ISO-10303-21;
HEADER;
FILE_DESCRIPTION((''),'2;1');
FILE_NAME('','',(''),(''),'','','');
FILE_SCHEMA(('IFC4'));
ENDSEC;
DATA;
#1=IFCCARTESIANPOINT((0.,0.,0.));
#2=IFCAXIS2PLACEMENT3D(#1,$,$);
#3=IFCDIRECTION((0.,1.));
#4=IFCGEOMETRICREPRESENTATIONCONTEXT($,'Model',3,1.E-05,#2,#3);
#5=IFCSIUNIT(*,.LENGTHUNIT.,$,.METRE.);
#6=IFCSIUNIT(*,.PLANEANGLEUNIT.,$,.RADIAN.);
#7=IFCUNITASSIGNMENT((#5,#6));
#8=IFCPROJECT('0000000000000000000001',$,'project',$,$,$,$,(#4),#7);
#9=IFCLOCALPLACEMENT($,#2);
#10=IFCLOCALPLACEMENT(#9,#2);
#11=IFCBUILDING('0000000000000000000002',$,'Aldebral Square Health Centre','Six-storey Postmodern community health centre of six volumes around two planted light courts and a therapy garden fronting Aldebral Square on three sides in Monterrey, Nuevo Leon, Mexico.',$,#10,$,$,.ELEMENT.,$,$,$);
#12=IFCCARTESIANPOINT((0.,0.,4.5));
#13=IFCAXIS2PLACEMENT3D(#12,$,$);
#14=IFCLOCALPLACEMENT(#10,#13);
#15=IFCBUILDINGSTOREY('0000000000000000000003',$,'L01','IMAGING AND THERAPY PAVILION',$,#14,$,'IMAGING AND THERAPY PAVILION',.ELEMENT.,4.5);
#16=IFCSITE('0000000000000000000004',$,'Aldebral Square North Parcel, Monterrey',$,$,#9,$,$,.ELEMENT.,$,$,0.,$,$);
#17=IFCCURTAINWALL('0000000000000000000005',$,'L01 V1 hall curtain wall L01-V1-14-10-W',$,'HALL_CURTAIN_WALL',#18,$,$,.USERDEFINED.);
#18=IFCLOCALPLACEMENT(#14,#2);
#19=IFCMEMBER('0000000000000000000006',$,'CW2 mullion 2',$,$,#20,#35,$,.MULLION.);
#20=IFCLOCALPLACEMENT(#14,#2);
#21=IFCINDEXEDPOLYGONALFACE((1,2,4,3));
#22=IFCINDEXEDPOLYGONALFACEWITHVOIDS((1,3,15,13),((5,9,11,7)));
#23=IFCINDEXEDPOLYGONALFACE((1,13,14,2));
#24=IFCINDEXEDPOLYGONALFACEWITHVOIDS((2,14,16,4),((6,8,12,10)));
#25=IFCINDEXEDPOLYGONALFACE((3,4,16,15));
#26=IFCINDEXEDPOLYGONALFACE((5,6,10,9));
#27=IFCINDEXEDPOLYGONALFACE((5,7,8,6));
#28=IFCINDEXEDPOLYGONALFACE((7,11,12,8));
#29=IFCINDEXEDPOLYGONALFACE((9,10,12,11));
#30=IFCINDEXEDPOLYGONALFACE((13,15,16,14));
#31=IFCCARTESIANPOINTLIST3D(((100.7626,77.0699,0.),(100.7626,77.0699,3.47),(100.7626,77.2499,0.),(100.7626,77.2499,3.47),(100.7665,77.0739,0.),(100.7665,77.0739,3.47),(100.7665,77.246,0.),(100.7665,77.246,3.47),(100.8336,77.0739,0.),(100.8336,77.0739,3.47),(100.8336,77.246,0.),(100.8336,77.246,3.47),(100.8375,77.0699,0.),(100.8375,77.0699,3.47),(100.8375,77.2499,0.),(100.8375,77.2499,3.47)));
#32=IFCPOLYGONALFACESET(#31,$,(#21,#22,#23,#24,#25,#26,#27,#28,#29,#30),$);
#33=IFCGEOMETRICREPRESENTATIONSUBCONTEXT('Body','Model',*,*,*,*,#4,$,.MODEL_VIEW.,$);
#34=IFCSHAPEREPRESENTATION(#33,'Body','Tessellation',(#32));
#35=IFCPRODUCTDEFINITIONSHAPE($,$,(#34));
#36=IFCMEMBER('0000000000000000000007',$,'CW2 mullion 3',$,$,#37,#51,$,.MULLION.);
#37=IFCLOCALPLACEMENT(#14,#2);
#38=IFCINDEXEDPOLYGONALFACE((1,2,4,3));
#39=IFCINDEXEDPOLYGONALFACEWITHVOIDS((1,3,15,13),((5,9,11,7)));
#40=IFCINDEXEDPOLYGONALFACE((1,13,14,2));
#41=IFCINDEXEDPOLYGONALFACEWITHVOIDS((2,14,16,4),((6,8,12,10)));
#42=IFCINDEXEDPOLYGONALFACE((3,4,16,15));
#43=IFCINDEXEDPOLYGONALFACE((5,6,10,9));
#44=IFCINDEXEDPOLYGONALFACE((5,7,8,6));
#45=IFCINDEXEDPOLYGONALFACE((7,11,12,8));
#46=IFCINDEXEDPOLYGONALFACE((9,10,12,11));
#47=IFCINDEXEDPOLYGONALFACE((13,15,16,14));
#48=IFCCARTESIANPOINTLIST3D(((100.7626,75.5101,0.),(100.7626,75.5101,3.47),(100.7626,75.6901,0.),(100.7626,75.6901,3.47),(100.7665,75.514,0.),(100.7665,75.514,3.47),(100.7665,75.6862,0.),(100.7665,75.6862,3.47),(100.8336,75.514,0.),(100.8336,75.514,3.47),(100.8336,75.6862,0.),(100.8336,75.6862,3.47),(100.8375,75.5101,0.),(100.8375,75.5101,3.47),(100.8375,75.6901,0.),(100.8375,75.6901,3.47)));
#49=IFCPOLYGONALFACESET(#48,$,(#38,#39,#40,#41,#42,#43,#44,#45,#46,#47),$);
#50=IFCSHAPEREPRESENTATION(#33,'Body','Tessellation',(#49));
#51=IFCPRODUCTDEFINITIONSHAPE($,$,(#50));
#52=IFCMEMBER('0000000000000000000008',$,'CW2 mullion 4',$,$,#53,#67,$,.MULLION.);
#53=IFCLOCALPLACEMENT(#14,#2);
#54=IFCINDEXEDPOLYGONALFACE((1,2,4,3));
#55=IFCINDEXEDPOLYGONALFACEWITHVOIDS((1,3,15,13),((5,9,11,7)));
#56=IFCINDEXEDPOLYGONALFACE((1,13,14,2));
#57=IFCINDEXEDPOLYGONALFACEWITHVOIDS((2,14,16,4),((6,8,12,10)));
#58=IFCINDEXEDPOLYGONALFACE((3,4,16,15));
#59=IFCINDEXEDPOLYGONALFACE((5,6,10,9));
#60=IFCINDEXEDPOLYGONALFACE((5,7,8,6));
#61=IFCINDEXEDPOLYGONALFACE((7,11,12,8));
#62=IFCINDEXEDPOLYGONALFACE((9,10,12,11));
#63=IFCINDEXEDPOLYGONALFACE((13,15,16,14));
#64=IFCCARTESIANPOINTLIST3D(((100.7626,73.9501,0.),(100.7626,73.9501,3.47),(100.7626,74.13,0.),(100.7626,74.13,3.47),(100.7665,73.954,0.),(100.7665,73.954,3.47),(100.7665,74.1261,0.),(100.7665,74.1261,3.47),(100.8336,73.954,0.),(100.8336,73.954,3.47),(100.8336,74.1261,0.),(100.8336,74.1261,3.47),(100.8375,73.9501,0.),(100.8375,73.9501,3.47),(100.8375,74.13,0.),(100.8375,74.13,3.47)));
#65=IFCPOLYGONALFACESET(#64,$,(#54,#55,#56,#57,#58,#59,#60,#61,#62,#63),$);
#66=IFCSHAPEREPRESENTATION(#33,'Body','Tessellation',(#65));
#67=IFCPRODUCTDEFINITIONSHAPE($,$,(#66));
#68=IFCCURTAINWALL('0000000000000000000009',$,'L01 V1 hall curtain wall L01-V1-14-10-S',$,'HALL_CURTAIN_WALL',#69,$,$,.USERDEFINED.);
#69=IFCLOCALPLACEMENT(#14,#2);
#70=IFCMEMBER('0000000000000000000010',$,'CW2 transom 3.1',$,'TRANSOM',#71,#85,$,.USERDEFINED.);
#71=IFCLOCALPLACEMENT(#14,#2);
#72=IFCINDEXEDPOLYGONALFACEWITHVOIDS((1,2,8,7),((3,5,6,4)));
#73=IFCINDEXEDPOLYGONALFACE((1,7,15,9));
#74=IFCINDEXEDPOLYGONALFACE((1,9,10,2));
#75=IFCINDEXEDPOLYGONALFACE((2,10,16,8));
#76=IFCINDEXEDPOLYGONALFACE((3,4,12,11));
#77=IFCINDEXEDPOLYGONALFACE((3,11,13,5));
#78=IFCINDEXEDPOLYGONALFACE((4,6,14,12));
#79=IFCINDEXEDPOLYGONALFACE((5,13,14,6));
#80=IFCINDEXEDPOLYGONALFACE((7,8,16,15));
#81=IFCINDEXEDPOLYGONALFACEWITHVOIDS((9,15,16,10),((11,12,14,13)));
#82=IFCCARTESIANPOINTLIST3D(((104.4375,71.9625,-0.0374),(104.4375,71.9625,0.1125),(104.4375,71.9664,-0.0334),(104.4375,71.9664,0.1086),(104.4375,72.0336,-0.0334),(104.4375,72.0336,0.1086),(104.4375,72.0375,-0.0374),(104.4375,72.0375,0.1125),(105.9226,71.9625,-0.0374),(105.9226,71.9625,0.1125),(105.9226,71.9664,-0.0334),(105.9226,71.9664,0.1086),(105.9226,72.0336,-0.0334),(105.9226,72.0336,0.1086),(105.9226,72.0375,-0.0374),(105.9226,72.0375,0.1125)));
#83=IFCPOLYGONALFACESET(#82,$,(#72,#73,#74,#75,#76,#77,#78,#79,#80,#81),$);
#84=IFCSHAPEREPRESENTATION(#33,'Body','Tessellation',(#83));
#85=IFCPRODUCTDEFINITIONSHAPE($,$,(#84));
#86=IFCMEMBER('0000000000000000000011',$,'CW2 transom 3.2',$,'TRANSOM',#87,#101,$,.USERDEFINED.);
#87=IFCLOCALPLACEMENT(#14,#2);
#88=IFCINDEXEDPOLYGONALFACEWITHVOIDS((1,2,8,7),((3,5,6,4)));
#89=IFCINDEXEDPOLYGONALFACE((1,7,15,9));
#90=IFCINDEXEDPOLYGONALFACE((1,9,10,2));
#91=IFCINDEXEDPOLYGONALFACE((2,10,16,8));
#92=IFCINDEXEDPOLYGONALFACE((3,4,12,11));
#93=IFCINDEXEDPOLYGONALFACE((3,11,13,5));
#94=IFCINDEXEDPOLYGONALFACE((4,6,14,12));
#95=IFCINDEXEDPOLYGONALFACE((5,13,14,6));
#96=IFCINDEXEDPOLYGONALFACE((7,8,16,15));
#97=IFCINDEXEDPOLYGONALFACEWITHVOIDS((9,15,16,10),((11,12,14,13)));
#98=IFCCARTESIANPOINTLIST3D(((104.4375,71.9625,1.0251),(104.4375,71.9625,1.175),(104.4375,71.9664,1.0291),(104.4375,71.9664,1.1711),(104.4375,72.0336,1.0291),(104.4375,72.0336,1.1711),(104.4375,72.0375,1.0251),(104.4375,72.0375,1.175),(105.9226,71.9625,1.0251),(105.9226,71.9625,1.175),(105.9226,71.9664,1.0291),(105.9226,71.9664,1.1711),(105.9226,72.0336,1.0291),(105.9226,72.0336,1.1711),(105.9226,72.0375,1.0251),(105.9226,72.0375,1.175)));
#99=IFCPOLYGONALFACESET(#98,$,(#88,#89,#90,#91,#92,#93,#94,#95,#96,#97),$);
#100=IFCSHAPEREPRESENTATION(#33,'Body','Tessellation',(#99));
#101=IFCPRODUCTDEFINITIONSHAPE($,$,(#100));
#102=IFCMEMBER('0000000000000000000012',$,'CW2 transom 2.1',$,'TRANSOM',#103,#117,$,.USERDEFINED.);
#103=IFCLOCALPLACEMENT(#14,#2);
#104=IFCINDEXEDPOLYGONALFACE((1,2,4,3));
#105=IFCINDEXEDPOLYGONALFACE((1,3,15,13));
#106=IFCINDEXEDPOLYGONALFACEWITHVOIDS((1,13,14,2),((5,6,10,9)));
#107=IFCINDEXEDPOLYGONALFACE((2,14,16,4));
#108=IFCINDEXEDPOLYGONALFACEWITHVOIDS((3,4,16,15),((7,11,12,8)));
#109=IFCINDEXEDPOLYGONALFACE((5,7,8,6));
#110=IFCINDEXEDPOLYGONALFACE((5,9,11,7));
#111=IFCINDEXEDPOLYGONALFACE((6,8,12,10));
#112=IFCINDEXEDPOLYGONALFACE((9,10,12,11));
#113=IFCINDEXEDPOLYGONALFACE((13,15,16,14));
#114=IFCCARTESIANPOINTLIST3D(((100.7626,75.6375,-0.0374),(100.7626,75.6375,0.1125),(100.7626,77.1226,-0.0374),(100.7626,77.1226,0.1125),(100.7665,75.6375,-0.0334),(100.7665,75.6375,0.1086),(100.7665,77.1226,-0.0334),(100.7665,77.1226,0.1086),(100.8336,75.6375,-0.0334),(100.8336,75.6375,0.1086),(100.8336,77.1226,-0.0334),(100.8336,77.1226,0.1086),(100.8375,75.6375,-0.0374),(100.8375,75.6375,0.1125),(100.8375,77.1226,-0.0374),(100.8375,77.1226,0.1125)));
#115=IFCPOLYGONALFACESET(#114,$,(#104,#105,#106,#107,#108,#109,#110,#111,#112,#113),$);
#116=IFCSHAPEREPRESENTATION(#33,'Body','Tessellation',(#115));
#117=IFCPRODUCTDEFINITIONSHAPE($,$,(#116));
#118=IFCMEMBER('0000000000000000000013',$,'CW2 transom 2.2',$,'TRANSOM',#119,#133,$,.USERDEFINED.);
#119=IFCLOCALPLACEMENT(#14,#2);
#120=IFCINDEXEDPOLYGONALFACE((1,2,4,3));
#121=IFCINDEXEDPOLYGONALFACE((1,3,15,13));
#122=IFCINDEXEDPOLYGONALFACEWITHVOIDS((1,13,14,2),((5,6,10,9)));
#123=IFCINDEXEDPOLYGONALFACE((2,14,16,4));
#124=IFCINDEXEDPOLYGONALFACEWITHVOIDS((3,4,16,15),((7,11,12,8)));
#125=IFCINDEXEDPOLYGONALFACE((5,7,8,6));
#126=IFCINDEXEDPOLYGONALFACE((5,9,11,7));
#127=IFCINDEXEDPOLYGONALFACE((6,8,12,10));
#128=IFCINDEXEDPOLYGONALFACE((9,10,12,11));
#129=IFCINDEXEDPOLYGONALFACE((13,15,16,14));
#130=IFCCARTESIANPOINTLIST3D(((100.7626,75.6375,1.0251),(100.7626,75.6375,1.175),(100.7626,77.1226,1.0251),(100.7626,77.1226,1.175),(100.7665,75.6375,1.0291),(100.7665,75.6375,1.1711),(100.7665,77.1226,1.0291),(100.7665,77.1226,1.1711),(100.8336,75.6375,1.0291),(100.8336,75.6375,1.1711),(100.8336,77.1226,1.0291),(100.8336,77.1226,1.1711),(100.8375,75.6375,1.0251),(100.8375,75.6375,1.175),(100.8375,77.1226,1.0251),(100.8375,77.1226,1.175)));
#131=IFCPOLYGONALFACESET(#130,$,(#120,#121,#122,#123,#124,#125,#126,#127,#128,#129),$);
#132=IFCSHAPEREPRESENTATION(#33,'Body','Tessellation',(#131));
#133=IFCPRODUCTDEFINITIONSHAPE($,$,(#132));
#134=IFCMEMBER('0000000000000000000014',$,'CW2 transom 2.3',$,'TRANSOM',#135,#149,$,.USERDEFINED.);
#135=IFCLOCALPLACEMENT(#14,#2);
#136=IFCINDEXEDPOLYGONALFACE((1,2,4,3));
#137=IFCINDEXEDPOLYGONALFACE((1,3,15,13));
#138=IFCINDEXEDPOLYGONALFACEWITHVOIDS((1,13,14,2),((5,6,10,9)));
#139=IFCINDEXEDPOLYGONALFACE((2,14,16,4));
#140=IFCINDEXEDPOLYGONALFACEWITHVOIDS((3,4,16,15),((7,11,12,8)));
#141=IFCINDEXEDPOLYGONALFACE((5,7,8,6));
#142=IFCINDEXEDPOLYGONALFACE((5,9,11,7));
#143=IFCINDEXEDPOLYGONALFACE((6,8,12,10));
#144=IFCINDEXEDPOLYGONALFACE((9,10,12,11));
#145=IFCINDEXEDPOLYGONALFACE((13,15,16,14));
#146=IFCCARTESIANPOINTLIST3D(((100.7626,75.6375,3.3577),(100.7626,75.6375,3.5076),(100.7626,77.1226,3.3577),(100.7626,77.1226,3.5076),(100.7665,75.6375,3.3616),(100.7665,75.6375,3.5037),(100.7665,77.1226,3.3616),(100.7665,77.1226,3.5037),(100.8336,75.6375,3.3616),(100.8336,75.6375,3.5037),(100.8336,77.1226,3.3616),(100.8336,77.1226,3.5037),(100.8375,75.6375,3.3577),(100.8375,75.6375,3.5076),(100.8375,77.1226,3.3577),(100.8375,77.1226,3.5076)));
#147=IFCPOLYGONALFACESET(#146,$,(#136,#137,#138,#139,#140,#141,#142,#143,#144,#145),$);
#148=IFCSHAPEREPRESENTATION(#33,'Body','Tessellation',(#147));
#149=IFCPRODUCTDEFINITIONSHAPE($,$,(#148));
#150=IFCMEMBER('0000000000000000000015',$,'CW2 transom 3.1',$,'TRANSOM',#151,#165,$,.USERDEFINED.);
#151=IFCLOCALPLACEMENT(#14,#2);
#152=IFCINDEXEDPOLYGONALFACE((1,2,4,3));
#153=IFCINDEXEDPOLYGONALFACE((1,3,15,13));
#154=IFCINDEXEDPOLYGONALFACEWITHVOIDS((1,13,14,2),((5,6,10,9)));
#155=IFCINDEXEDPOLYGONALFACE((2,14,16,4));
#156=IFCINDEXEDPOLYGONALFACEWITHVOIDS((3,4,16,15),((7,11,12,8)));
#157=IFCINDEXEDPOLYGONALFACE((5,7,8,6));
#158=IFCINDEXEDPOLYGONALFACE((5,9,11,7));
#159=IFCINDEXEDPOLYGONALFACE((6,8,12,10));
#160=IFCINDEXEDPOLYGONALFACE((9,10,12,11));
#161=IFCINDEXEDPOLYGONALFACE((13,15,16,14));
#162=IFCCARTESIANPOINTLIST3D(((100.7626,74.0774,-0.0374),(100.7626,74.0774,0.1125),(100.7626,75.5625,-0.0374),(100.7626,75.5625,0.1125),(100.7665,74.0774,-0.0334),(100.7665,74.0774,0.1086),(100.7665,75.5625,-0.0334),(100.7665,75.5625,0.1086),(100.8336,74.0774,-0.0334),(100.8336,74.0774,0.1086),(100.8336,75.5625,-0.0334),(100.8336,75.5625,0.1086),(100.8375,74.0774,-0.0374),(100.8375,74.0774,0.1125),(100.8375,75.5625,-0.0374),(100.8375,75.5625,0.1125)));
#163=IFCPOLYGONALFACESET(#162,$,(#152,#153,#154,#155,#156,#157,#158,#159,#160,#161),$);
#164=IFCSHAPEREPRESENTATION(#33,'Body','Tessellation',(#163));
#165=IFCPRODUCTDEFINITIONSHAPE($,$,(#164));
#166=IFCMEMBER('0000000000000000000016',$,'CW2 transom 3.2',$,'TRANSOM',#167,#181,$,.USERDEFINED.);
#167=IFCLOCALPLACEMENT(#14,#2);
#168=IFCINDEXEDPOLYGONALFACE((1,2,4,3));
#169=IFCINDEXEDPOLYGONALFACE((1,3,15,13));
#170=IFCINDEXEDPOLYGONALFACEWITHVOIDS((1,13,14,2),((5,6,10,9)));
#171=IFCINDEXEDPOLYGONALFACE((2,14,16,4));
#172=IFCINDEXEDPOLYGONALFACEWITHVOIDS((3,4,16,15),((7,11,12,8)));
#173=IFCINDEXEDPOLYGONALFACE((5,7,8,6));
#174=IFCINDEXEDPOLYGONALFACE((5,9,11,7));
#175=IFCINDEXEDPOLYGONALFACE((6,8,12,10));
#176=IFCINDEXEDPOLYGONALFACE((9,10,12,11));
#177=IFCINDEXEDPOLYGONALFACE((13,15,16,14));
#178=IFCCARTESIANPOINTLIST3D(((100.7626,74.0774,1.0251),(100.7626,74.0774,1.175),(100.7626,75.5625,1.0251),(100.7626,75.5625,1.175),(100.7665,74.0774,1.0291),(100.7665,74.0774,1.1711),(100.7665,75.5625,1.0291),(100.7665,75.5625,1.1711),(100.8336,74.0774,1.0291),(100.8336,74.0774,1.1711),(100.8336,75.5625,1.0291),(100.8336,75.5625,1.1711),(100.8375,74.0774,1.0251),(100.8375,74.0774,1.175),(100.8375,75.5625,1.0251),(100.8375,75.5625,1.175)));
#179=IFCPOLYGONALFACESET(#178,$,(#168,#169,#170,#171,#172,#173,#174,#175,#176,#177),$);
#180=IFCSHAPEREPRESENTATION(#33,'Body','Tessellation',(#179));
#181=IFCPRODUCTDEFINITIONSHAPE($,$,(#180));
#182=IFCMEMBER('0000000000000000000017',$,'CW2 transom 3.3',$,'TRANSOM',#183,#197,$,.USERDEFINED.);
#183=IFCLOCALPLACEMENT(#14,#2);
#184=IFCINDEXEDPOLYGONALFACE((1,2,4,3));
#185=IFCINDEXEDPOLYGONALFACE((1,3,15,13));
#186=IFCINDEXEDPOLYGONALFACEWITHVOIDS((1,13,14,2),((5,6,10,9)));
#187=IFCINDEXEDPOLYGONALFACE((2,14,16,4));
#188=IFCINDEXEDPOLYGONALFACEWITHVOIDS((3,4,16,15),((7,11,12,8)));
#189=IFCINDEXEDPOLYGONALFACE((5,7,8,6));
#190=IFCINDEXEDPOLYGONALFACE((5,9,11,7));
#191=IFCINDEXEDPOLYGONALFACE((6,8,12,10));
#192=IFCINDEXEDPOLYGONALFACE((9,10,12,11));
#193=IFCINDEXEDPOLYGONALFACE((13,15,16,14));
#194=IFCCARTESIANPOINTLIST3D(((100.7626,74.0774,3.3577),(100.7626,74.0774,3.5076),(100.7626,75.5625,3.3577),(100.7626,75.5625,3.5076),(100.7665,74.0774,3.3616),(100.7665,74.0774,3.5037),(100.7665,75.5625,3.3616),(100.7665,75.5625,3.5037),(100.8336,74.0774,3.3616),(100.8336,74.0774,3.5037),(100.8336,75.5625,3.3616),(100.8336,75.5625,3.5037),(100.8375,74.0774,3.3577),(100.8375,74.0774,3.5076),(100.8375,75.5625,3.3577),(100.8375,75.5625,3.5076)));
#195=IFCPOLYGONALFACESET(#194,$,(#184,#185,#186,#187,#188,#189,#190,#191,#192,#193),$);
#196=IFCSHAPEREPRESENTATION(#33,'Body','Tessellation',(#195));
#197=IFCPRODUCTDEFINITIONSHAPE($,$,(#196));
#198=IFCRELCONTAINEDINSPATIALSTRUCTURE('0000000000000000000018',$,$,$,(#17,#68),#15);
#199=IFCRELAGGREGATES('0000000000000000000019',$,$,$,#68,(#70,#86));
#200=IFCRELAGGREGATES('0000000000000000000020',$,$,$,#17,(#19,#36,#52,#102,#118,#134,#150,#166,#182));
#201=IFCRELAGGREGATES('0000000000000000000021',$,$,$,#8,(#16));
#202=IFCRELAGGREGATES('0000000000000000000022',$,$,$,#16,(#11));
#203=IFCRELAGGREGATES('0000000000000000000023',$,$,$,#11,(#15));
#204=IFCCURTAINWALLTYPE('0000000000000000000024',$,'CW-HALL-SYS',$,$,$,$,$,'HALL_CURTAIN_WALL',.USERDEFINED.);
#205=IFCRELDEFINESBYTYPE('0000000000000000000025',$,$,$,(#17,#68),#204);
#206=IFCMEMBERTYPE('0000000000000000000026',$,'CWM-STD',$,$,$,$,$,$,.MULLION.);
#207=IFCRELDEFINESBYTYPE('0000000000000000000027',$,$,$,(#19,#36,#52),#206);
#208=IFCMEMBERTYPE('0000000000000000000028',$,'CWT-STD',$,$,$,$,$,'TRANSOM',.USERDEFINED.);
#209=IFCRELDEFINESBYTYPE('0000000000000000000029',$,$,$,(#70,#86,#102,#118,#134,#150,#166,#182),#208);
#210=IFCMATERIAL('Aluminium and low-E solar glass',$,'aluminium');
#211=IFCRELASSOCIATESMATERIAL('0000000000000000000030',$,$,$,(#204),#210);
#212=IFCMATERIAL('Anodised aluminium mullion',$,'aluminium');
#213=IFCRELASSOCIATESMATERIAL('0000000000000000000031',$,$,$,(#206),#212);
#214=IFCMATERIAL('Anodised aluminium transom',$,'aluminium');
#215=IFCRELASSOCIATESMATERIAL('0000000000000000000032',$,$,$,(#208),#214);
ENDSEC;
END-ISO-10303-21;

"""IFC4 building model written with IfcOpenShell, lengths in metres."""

from ifc_helpers import new_model, si_unit, direction, frame, origin, origin_2d, place, context, subcontext, project, spatial, hollow_rectangle, extrude, material, material_profile, profile_set, type_object, element, aggregate, save


model = new_model("IFC4")

# Units and contexts
model_context = context("Model", 3, precision=1e-05, world=origin(), true_north=direction((0.0, 1.0)))
body_context = subcontext(model_context, "Body", "Model", "MODEL_VIEW")
ifc_project = project(units=[si_unit("LENGTHUNIT", "METRE"), si_unit("PLANEANGLEUNIT", "RADIAN")], contexts=[model_context])

# Site, building, storey
site_placement = place(None, origin())
site = spatial("IfcSite", under=ifc_project, at=site_placement, Name="Aldebral Square North Parcel, Monterrey", CompositionType="ELEMENT", RefElevation=0.0)
building_placement = place(site_placement, origin())
building = spatial("IfcBuilding", under=site, at=building_placement, Name="Aldebral Square Health Centre", Description="Six-storey Postmodern community health centre of six volumes around two planted light courts and a therapy garden fronting Aldebral Square on three sides in Monterrey, Nuevo Leon, Mexico.", CompositionType="ELEMENT")
storey_placement = place(building_placement, frame((0.0, 0.0, 4.5)))
storey = spatial("IfcBuildingStorey", under=building, at=storey_placement, Name="L01", Description="IMAGING AND THERAPY PAVILION", LongName="IMAGING AND THERAPY PAVILION", CompositionType="ELEMENT", Elevation=4.5)

# Curtain walls, members
ifc_material_1 = material(Name="Aluminium and low-E solar glass", Category="aluminium")
curtain_wall_type = type_object("IfcCurtainWallType", Name="CW-HALL-SYS", ElementType="HALL_CURTAIN_WALL", PredefinedType="USERDEFINED", material=ifc_material_1)
curtain_wall_1_placement = place(storey_placement, origin())
curtain_wall_1 = element("IfcCurtainWall", 1, at=curtain_wall_1_placement, inside=storey, type_object=curtain_wall_type, Name="L01 V1 hall curtain wall L01-V1-14-10-W", ObjectType="HALL_CURTAIN_WALL", PredefinedType="USERDEFINED")
ifc_material_2 = material(Name="Anodised aluminium mullion", Category="aluminium")
ifc_material_profile_1 = material_profile(ifc_material_2, hollow_rectangle(XDim=0.075, YDim=0.1799, WallThickness=0.0039, at=origin_2d()), Name="CWM 75x180x4")
ifc_profile_set_1 = profile_set([ifc_material_profile_1], Name="Anodised aluminium mullion")
member_type_1 = type_object("IfcMemberType", Name="CWM-STD", PredefinedType="MULLION", material=ifc_profile_set_1)
member_1_placement = place(storey_placement, frame((100.8, 77.1599, 0.0), z_axis=(0.0, 0.0, 1.0), x_axis=(1.0, 0.0, 0.0)))
member_1 = element("IfcMember", 2, at=member_1_placement, type_object=member_type_1, Name="CW2 mullion 2", PredefinedType="MULLION", context=body_context, shape_type="SweptSolid", body=[
    extrude(hollow_rectangle(XDim=0.075, YDim=0.1799, WallThickness=0.0039, at=origin_2d()), origin(), (0.0, 0.0, 1.0), 3.47),
])
member_2_placement = place(storey_placement, frame((100.8, 75.6001, 0.0), z_axis=(0.0, 0.0, 1.0), x_axis=(1.0, 0.0, 0.0)))
member_2 = element("IfcMember", 3, at=member_2_placement, type_object=member_type_1, Name="CW2 mullion 3", PredefinedType="MULLION", context=body_context, shape_type="SweptSolid", body=[
    extrude(hollow_rectangle(XDim=0.075, YDim=0.1799, WallThickness=0.0039, at=origin_2d()), origin(), (0.0, 0.0, 1.0), 3.47),
])
member_3_placement = place(storey_placement, frame((100.8, 74.04, 0.0), z_axis=(0.0, 0.0, 1.0), x_axis=(1.0, 0.0, 0.0)))
member_3 = element("IfcMember", 4, at=member_3_placement, type_object=member_type_1, Name="CW2 mullion 4", PredefinedType="MULLION", context=body_context, shape_type="SweptSolid", body=[
    extrude(hollow_rectangle(XDim=0.075, YDim=0.1799, WallThickness=0.0039, at=origin_2d()), origin(), (0.0, 0.0, 1.0), 3.47),
])
curtain_wall_2_placement = place(storey_placement, origin())
curtain_wall_2 = element("IfcCurtainWall", 5, at=curtain_wall_2_placement, inside=storey, type_object=curtain_wall_type, Name="L01 V1 hall curtain wall L01-V1-14-10-S", ObjectType="HALL_CURTAIN_WALL", PredefinedType="USERDEFINED")
ifc_material_3 = material(Name="Anodised aluminium transom", Category="aluminium")
ifc_material_profile_2 = material_profile(ifc_material_3, hollow_rectangle(XDim=0.075, YDim=0.1499, WallThickness=0.0039, at=origin_2d()), Name="CWT 75x150x4")
ifc_profile_set_2 = profile_set([ifc_material_profile_2], Name="Anodised aluminium transom")
member_type_2 = type_object("IfcMemberType", Name="CWT-STD", ElementType="TRANSOM", PredefinedType="USERDEFINED", material=ifc_profile_set_2)
member_4_placement = place(storey_placement, frame((104.4375, 72.0, 0.0376), z_axis=(1.0, 0.0, 0.0), x_axis=(0.0, 1.0, 0.0)))
member_4 = element("IfcMember", 6, at=member_4_placement, type_object=member_type_2, Name="CW2 transom 3.1", ObjectType="TRANSOM", PredefinedType="USERDEFINED", context=body_context, shape_type="SweptSolid", body=[
    extrude(hollow_rectangle(XDim=0.075, YDim=0.1499, WallThickness=0.0039, at=origin_2d()), origin(), (0.0, 0.0, 1.0), 1.4851),
])
member_5_placement = place(storey_placement, frame((104.4375, 72.0, 1.1001), z_axis=(1.0, 0.0, 0.0), x_axis=(0.0, 1.0, 0.0)))
member_5 = element("IfcMember", 7, at=member_5_placement, type_object=member_type_2, Name="CW2 transom 3.2", ObjectType="TRANSOM", PredefinedType="USERDEFINED", context=body_context, shape_type="SweptSolid", body=[
    extrude(hollow_rectangle(XDim=0.075, YDim=0.1499, WallThickness=0.0039, at=origin_2d()), origin(), (0.0, 0.0, 1.0), 1.4851),
])
aggregate(curtain_wall_2, [member_4, member_5])

# Members
member_6_placement = place(storey_placement, frame((100.8, 77.1226, 0.0376), z_axis=(0.0, -1.0, 0.0), x_axis=(1.0, 0.0, 0.0)))
member_6 = element("IfcMember", 8, at=member_6_placement, type_object=member_type_2, Name="CW2 transom 2.1", ObjectType="TRANSOM", PredefinedType="USERDEFINED", context=body_context, shape_type="SweptSolid", body=[
    extrude(hollow_rectangle(XDim=0.075, YDim=0.1499, WallThickness=0.0039, at=origin_2d()), origin(), (0.0, 0.0, 1.0), 1.4851),
])
member_7_placement = place(storey_placement, frame((100.8, 77.1226, 1.1001), z_axis=(0.0, -1.0, 0.0), x_axis=(1.0, 0.0, 0.0)))
member_7 = element("IfcMember", 9, at=member_7_placement, type_object=member_type_2, Name="CW2 transom 2.2", ObjectType="TRANSOM", PredefinedType="USERDEFINED", context=body_context, shape_type="SweptSolid", body=[
    extrude(hollow_rectangle(XDim=0.075, YDim=0.1499, WallThickness=0.0039, at=origin_2d()), origin(), (0.0, 0.0, 1.0), 1.4851),
])
member_8_placement = place(storey_placement, frame((100.8, 77.1226, 3.4326), z_axis=(0.0, -1.0, 0.0), x_axis=(1.0, 0.0, 0.0)))
member_8 = element("IfcMember", 10, at=member_8_placement, type_object=member_type_2, Name="CW2 transom 2.3", ObjectType="TRANSOM", PredefinedType="USERDEFINED", context=body_context, shape_type="SweptSolid", body=[
    extrude(hollow_rectangle(XDim=0.075, YDim=0.1499, WallThickness=0.0039, at=origin_2d()), origin(), (0.0, 0.0, 1.0), 1.4851),
])
member_9_placement = place(storey_placement, frame((100.8, 75.5625, 0.0376), z_axis=(0.0, -1.0, 0.0), x_axis=(1.0, 0.0, 0.0)))
member_9 = element("IfcMember", 11, at=member_9_placement, type_object=member_type_2, Name="CW2 transom 3.1", ObjectType="TRANSOM", PredefinedType="USERDEFINED", context=body_context, shape_type="SweptSolid", body=[
    extrude(hollow_rectangle(XDim=0.075, YDim=0.1499, WallThickness=0.0039, at=origin_2d()), origin(), (0.0, 0.0, 1.0), 1.4851),
])
member_10_placement = place(storey_placement, frame((100.8, 75.5625, 1.1001), z_axis=(0.0, -1.0, 0.0), x_axis=(1.0, 0.0, 0.0)))
member_10 = element("IfcMember", 12, at=member_10_placement, type_object=member_type_2, Name="CW2 transom 3.2", ObjectType="TRANSOM", PredefinedType="USERDEFINED", context=body_context, shape_type="SweptSolid", body=[
    extrude(hollow_rectangle(XDim=0.075, YDim=0.1499, WallThickness=0.0039, at=origin_2d()), origin(), (0.0, 0.0, 1.0), 1.4851),
])
member_11_placement = place(storey_placement, frame((100.8, 75.5625, 3.4326), z_axis=(0.0, -1.0, 0.0), x_axis=(1.0, 0.0, 0.0)))
member_11 = element("IfcMember", 13, at=member_11_placement, type_object=member_type_2, Name="CW2 transom 3.3", ObjectType="TRANSOM", PredefinedType="USERDEFINED", context=body_context, shape_type="SweptSolid", body=[
    extrude(hollow_rectangle(XDim=0.075, YDim=0.1499, WallThickness=0.0039, at=origin_2d()), origin(), (0.0, 0.0, 1.0), 1.4851),
])

aggregate(curtain_wall_1, [member_1, member_2, member_3, member_6, member_7, member_8, member_9, member_10, member_11])

save(model, "model.ifc")
